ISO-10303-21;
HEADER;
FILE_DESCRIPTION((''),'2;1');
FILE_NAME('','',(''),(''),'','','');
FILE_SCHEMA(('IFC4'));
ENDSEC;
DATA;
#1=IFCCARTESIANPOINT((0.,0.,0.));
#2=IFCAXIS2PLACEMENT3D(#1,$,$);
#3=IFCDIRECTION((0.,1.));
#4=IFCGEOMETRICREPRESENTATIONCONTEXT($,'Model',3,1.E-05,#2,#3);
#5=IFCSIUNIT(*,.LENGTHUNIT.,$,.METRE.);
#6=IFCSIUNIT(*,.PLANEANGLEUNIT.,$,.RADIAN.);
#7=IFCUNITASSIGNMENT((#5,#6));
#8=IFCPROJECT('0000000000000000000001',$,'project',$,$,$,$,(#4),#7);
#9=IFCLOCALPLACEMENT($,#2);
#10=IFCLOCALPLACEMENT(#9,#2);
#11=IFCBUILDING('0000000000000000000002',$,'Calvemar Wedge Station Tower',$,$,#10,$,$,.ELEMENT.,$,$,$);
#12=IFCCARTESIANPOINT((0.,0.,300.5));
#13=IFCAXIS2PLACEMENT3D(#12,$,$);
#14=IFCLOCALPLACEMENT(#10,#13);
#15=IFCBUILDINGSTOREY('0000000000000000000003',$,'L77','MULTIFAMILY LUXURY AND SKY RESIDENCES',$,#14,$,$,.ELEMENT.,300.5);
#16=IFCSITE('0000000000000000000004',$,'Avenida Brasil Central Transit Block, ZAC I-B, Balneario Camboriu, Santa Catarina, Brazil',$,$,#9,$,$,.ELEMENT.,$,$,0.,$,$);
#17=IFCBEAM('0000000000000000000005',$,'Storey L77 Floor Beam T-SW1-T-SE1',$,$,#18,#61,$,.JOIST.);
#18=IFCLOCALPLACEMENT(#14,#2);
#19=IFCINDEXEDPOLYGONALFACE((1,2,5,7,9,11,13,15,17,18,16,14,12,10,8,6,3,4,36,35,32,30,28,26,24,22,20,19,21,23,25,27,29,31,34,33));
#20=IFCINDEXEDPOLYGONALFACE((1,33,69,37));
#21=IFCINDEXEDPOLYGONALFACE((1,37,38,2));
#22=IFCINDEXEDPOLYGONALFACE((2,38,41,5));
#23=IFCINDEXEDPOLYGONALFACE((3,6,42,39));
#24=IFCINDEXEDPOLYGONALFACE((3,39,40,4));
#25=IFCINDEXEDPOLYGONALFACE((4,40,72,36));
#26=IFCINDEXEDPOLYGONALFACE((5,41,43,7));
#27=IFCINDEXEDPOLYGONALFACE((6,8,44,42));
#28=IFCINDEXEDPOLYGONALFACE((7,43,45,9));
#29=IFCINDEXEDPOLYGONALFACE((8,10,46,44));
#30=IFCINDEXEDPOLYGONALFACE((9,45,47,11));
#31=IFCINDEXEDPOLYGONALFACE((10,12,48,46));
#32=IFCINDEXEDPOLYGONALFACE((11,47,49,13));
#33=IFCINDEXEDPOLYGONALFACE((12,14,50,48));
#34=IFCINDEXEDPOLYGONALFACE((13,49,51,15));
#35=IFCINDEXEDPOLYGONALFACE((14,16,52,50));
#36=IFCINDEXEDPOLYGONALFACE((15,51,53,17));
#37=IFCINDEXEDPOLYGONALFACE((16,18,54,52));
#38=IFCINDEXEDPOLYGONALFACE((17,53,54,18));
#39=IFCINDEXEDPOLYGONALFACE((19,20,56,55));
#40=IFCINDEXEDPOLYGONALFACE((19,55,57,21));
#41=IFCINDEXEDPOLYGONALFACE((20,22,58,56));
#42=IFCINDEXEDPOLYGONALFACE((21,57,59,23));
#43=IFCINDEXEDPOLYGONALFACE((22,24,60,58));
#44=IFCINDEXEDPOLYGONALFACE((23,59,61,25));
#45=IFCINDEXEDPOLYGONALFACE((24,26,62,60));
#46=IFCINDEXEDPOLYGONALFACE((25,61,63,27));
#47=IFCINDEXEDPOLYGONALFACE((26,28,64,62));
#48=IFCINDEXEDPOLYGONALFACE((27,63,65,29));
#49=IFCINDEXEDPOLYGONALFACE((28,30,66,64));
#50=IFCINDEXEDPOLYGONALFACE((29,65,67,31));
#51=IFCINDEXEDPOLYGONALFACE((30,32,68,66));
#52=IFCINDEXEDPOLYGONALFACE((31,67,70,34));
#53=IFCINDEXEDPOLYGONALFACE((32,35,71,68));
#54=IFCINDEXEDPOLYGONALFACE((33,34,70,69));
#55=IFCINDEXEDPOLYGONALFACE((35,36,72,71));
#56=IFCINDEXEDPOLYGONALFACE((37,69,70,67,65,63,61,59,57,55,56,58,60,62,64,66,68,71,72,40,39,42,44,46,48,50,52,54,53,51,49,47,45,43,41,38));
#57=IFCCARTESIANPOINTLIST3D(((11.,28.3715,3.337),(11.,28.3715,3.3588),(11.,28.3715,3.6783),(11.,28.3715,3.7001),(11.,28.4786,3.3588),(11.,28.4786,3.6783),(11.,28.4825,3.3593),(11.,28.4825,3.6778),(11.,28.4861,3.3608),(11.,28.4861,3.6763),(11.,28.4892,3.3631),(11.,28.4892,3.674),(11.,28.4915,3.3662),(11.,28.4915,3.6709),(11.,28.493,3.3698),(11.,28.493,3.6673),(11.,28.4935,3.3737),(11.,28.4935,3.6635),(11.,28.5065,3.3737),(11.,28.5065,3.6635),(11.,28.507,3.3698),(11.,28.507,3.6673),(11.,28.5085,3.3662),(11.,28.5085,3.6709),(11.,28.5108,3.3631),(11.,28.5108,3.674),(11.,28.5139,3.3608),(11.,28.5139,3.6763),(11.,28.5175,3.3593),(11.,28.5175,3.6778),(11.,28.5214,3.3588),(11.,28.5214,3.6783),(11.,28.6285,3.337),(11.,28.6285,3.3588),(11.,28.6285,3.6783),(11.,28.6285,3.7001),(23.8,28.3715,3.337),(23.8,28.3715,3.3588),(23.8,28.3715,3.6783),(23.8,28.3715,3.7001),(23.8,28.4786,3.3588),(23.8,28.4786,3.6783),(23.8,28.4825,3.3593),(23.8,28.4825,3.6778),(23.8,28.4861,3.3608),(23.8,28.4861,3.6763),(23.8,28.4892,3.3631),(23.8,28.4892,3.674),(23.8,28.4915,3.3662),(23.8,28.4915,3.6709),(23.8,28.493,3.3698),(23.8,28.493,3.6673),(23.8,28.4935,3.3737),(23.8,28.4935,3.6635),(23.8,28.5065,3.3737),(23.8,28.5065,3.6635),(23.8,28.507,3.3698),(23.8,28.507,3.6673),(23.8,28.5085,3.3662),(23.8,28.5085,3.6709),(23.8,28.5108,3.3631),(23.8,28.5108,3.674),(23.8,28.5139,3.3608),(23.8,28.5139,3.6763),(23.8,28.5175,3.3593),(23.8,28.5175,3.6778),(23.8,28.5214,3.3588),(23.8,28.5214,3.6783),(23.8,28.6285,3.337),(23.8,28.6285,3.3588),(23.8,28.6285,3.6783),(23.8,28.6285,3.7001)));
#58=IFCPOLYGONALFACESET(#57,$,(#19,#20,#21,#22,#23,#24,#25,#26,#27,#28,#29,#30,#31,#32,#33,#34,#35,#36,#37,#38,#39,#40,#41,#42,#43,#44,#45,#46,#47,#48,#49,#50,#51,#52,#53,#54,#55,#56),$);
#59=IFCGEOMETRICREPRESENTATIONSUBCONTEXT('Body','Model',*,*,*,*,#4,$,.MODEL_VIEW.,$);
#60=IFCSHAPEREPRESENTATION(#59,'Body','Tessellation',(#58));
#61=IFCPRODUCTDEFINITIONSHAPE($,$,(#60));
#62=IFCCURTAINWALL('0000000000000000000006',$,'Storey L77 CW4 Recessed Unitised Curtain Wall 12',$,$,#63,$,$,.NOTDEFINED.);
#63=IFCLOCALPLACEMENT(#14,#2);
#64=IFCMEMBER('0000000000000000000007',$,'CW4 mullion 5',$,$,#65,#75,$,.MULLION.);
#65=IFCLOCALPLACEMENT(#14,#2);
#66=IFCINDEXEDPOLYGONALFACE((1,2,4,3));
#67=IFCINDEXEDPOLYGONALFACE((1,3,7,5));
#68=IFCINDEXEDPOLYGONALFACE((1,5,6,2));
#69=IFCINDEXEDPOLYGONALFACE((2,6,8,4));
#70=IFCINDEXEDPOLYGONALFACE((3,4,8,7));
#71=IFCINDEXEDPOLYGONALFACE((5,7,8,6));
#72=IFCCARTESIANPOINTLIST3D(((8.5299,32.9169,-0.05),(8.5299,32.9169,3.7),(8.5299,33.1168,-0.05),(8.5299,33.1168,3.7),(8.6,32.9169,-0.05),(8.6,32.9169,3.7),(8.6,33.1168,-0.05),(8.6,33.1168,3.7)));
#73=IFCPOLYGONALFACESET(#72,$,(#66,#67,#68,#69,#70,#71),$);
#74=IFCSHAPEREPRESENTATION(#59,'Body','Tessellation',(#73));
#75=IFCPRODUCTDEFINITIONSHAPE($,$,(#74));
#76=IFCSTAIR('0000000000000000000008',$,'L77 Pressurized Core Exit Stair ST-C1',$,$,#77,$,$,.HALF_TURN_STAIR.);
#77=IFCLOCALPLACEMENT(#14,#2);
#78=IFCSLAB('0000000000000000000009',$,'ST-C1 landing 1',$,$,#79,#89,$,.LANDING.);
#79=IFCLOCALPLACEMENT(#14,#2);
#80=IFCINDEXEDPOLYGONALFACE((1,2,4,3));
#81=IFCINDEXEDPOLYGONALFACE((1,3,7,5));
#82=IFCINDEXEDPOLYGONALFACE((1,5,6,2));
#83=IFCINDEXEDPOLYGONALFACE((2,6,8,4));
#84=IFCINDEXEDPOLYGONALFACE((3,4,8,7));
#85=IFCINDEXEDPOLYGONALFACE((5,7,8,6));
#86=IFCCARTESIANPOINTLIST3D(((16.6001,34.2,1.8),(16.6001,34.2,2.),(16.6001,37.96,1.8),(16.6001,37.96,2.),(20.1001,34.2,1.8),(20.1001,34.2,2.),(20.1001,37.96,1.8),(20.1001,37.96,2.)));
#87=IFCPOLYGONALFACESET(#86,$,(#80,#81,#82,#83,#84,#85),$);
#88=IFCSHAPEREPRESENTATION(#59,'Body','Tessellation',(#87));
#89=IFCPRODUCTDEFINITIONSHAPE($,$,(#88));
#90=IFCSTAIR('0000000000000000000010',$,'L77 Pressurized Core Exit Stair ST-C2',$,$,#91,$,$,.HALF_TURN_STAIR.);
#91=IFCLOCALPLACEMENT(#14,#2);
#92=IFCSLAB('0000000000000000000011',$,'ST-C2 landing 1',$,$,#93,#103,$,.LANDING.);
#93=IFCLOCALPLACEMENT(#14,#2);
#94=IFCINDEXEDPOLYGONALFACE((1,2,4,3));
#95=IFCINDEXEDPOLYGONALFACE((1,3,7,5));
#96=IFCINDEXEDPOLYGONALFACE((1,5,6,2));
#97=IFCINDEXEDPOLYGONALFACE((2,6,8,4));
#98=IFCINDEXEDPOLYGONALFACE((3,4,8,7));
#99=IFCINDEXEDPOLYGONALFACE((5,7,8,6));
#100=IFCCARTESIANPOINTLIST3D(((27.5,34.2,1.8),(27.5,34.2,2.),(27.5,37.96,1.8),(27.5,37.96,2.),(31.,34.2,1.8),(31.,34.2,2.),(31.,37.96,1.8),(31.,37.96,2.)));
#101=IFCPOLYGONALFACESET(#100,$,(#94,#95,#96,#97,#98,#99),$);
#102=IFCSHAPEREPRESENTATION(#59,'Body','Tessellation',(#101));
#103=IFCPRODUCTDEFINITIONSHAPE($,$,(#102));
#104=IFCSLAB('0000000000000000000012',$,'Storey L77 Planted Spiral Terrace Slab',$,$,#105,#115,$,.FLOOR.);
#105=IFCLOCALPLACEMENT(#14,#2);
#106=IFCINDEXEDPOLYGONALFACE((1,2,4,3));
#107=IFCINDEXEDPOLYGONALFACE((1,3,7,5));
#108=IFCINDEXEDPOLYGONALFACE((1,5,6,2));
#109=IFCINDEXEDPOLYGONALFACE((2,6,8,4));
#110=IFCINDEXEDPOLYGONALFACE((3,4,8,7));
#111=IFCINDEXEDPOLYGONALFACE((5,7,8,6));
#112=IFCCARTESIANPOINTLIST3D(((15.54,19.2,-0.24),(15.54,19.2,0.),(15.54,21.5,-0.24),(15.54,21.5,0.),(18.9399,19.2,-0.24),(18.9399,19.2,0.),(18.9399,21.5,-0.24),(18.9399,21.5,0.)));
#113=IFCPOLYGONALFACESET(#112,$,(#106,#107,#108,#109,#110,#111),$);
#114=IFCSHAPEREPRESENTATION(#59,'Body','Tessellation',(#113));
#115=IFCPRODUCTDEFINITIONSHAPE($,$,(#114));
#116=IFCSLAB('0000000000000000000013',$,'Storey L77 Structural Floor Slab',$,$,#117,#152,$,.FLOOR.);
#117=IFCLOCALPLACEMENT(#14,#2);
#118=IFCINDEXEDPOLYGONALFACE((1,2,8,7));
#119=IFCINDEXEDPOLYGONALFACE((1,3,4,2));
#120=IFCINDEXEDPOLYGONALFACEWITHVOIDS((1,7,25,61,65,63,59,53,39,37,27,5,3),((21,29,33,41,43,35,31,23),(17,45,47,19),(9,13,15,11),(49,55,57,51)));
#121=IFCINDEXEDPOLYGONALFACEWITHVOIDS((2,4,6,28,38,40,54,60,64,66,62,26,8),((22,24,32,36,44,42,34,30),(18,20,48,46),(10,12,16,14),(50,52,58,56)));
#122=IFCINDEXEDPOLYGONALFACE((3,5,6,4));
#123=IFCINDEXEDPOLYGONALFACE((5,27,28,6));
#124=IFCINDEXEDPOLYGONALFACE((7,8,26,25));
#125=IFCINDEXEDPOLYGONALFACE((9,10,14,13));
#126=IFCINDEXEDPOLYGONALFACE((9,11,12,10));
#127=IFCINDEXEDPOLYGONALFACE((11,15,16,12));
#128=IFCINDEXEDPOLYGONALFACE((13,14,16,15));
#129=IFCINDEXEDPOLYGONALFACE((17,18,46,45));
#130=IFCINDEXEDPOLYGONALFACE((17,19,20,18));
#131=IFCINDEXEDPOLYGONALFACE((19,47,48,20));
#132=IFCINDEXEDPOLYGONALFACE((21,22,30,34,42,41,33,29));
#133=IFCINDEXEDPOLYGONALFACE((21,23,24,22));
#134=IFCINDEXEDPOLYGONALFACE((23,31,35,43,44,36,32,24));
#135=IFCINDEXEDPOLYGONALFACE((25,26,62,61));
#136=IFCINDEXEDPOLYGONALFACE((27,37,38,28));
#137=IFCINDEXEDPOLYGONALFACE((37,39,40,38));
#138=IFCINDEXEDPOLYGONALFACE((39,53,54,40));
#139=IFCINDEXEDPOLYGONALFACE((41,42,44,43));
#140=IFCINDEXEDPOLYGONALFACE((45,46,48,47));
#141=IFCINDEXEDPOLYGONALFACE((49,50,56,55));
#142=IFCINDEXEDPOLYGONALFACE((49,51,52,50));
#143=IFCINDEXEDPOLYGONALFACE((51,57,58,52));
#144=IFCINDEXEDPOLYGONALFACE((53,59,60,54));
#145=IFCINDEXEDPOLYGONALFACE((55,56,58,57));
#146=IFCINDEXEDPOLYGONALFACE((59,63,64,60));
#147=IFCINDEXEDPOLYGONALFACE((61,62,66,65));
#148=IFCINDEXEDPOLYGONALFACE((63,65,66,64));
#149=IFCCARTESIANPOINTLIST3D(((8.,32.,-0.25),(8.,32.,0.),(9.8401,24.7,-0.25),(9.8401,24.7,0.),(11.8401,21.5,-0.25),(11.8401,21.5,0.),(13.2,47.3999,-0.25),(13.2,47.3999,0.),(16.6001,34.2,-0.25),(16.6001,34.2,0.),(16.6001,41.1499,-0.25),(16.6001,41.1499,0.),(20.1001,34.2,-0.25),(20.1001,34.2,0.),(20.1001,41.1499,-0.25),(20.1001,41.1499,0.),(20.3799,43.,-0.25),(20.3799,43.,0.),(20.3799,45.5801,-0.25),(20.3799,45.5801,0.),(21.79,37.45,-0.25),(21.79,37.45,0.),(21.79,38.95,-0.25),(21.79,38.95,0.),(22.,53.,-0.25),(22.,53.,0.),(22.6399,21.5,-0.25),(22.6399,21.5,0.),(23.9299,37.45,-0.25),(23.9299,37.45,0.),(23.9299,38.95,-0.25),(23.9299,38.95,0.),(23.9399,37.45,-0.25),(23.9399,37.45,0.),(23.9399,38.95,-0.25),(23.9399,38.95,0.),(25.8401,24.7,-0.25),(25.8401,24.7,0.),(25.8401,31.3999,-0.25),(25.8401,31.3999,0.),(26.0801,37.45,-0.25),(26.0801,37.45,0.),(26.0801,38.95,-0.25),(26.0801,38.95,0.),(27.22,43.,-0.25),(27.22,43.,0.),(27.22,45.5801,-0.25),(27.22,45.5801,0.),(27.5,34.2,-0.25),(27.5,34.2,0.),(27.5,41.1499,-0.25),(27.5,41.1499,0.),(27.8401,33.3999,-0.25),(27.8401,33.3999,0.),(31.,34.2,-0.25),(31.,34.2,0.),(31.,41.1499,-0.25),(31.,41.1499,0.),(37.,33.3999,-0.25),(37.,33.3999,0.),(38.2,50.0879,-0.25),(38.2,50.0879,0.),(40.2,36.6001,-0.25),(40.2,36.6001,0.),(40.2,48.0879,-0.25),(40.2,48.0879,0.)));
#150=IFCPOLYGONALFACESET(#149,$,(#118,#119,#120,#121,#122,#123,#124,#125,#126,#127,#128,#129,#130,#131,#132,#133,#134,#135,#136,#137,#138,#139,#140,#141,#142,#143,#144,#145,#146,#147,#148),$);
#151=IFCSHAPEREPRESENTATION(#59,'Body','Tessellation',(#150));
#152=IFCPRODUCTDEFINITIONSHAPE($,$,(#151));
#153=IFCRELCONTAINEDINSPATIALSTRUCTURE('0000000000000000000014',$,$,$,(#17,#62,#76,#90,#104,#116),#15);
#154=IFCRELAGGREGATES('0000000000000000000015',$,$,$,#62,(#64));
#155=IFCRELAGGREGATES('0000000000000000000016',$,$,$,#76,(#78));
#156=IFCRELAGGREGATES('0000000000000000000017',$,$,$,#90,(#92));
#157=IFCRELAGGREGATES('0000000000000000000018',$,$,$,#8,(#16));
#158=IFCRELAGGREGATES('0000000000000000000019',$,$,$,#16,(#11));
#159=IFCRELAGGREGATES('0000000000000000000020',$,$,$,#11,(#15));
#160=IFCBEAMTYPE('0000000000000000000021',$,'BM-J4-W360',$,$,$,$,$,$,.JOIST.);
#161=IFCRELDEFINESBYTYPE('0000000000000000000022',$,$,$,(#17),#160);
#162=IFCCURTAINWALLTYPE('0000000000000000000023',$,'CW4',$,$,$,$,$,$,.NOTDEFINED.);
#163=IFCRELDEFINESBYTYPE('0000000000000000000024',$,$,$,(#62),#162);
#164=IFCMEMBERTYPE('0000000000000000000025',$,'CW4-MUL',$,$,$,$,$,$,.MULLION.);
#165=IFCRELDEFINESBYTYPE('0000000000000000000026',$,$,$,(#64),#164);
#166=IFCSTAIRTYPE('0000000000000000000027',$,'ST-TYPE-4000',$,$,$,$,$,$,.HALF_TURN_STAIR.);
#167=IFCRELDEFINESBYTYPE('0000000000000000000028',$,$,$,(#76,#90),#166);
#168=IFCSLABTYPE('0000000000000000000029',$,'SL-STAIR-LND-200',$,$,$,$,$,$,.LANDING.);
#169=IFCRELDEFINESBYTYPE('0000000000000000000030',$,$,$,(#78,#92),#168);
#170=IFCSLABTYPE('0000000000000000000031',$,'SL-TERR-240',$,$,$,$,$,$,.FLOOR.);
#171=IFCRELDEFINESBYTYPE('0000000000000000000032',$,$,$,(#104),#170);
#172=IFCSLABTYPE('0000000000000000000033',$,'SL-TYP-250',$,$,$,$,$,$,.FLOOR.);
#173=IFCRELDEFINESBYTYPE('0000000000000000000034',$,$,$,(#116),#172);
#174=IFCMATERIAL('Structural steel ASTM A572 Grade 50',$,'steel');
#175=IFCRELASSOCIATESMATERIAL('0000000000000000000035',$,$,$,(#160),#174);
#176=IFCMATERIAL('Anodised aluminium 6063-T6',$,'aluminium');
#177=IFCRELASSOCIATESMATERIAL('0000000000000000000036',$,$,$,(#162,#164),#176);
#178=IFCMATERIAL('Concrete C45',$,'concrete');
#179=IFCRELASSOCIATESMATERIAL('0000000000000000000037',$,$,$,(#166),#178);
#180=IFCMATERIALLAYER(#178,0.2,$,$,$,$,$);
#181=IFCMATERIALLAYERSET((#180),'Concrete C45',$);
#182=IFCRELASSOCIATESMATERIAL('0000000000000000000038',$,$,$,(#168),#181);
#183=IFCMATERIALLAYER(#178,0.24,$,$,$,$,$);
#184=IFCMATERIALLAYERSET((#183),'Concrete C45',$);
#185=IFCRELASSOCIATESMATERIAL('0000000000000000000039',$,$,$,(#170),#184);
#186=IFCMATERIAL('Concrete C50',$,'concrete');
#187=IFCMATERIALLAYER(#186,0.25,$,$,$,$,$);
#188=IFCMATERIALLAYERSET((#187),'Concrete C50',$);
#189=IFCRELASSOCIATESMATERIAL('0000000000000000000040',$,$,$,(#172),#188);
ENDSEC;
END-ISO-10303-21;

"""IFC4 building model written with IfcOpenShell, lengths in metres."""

from ifc_helpers import new_model, si_unit, direction, frame, origin, origin_2d, place, context, subcontext, project, spatial, polyline, rectangle, i_section, outline, extrude, source, transform, mapped, material, layer, layer_set, material_profile, profile_set, type_object, element, aggregate, save


model = new_model("IFC4")

# Units and contexts
model_context = context("Model", 3, precision=1e-05, world=origin(), true_north=direction((0.0, 1.0)))
body_context = subcontext(model_context, "Body", "Model", "MODEL_VIEW")
ifc_project = project(units=[si_unit("LENGTHUNIT", "METRE"), si_unit("PLANEANGLEUNIT", "RADIAN")], contexts=[model_context])

# Site, building, storey
site_placement = place(None, origin())
site = spatial("IfcSite", under=ifc_project, at=site_placement, Name="Avenida Brasil Central Transit Block, ZAC I-B, Balneario Camboriu, Santa Catarina, Brazil", CompositionType="ELEMENT", RefElevation=0.0)
building_placement = place(site_placement, origin())
building = spatial("IfcBuilding", under=site, at=building_placement, Name="Calvemar Wedge Station Tower", CompositionType="ELEMENT")
storey_placement = place(building_placement, frame((0.0, 0.0, 300.5)))
storey = spatial("IfcBuildingStorey", under=building, at=storey_placement, Name="L77", Description="MULTIFAMILY LUXURY AND SKY RESIDENCES", CompositionType="ELEMENT", Elevation=300.5)

# Shared definitions
ifc_material_1 = material(Name="Concrete C50", Category="concrete")

# Beam
ifc_material_2 = material(Name="Structural steel ASTM A572 Grade 50", Category="steel")
ifc_material_profile_1 = material_profile(ifc_material_2, i_section(OverallWidth=0.2571, OverallDepth=0.363, WebThickness=0.0129, FlangeThickness=0.0217, FilletRadius=0.0149, at=origin_2d()), Name="W360x122")
ifc_profile_set_1 = profile_set([ifc_material_profile_1], Name="Structural steel ASTM A572 Grade 50")
beam_type_1 = type_object("IfcBeamType", Name="BM-J4-W360", PredefinedType="JOIST", material=ifc_profile_set_1)
shared_shape_1 = source(origin(), body_context, "Body", "SweptSolid", [
    extrude(i_section(OverallWidth=0.2571, OverallDepth=0.363, WebThickness=0.0129, FlangeThickness=0.0217, FilletRadius=0.0149, at=origin_2d()), origin(), (0.0, 0.0, 1.0), 12.8),
])
beam_1_placement = place(storey_placement, frame((11.0, 28.5, 3.5186), z_axis=(1.0, 0.0, 0.0), x_axis=(0.0, 1.0, 0.0)))
element("IfcBeam", 1, at=beam_1_placement, inside=storey, type_object=beam_type_1, Name="Storey L77 Floor Beam T-SW1-T-SE1", PredefinedType="JOIST", context=body_context, shape_type="MappedRepresentation", body=[
    mapped(shared_shape_1, transform((0.0, 0.0, 0.0), scale=1.0)),
])

# Curtain wall, member
ifc_material_3 = material(Name="Anodised aluminium 6063-T6", Category="aluminium")
curtain_wall_type = type_object("IfcCurtainWallType", Name="CW4", PredefinedType="NOTDEFINED", material=ifc_material_3)
curtain_wall_placement = place(storey_placement, origin())
curtain_wall = element("IfcCurtainWall", 2, at=curtain_wall_placement, inside=storey, type_object=curtain_wall_type, Name="Storey L77 CW4 Recessed Unitised Curtain Wall 12", PredefinedType="NOTDEFINED")
ifc_material_profile_2 = material_profile(ifc_material_3, rectangle(XDim=0.0701, YDim=0.2, at=origin_2d()), Name="AL-MUL-70x200")
ifc_profile_set_2 = profile_set([ifc_material_profile_2], Name="Anodised aluminium 6063-T6")
member_type = type_object("IfcMemberType", Name="CW4-MUL", PredefinedType="MULLION", material=ifc_profile_set_2)
shared_shape_2 = source(origin(), body_context, "Body", "SweptSolid", [
    extrude(rectangle(XDim=0.0701, YDim=0.2, at=origin_2d()), origin(), (0.0, 0.0, 1.0), 3.75),
])
member_placement = place(storey_placement, frame((8.5649, 33.0168, -0.05), z_axis=(0.0, 0.0, 1.0), x_axis=(1.0, 0.0, 0.0)))
member = element("IfcMember", 3, at=member_placement, type_object=member_type, Name="CW4 mullion 5", PredefinedType="MULLION", context=body_context, shape_type="MappedRepresentation", body=[
    mapped(shared_shape_2, transform((0.0, 0.0, 0.0), scale=1.0)),
])
aggregate(curtain_wall, [member])

# Stairs, slabs
ifc_material_4 = material(Name="Concrete C45", Category="concrete")
stair_type = type_object("IfcStairType", Name="ST-TYPE-4000", PredefinedType="HALF_TURN_STAIR", material=ifc_material_4)
stair_1_placement = place(storey_placement, origin())
stair_1 = element("IfcStair", 4, at=stair_1_placement, inside=storey, type_object=stair_type, Name="L77 Pressurized Core Exit Stair ST-C1", PredefinedType="HALF_TURN_STAIR")
ifc_layer_1 = layer(ifc_material_4, 0.2)
ifc_layer_set_1 = layer_set([ifc_layer_1], Name="Concrete C45")
slab_type_1 = type_object("IfcSlabType", Name="SL-STAIR-LND-200", PredefinedType="LANDING", material=ifc_layer_set_1)
slab_1_placement = place(storey_placement, frame((0.0, 0.0, 1.8)))
slab_1 = element("IfcSlab", 5, at=slab_1_placement, type_object=slab_type_1, Name="ST-C1 landing 1", PredefinedType="LANDING", context=body_context, shape_type="SweptSolid", body=[
    extrude(outline(polyline([(16.6001, 37.96), (16.6001, 34.2), (20.1001, 34.2), (20.1001, 37.96), (16.6001, 37.96)])), origin(), (0.0, 0.0, 1.0), 0.2),
])
aggregate(stair_1, [slab_1])
stair_2_placement = place(storey_placement, origin())
stair_2 = element("IfcStair", 6, at=stair_2_placement, inside=storey, type_object=stair_type, Name="L77 Pressurized Core Exit Stair ST-C2", PredefinedType="HALF_TURN_STAIR")
slab_2_placement = place(storey_placement, frame((0.0, 0.0, 1.8)))
slab_2 = element("IfcSlab", 7, at=slab_2_placement, type_object=slab_type_1, Name="ST-C2 landing 1", PredefinedType="LANDING", context=body_context, shape_type="SweptSolid", body=[
    extrude(outline(polyline([(27.5, 37.96), (27.5, 34.2), (31.0, 34.2), (31.0, 37.96), (27.5, 37.96)])), origin(), (0.0, 0.0, 1.0), 0.2),
])
aggregate(stair_2, [slab_2])

# Slabs
ifc_layer_2 = layer(ifc_material_4, 0.24)
ifc_layer_set_2 = layer_set([ifc_layer_2], Name="Concrete C45")
slab_type_2 = type_object("IfcSlabType", Name="SL-TERR-240", PredefinedType="FLOOR", material=ifc_layer_set_2)
slab_3_placement = place(storey_placement, frame((0.0, 0.0, -0.24)))
element("IfcSlab", 8, at=slab_3_placement, inside=storey, type_object=slab_type_2, Name="Storey L77 Planted Spiral Terrace Slab", PredefinedType="FLOOR", context=body_context, shape_type="SweptSolid", body=[
    extrude(outline(polyline([(15.54, 21.5), (15.54, 19.2), (18.9399, 19.2), (18.9399, 21.5), (15.54, 21.5)])), origin(), (0.0, 0.0, 1.0), 0.24),
])
ifc_layer_3 = layer(ifc_material_1, 0.25)
ifc_layer_set_3 = layer_set([ifc_layer_3], Name="Concrete C50")
slab_type_3 = type_object("IfcSlabType", Name="SL-TYP-250", PredefinedType="FLOOR", material=ifc_layer_set_3)
slab_4_placement = place(storey_placement, frame((0.0, 0.0, -0.25)))
element("IfcSlab", 9, at=slab_4_placement, inside=storey, type_object=slab_type_3, Name="Storey L77 Structural Floor Slab", PredefinedType="FLOOR", context=body_context, shape_type="SweptSolid", body=[
    extrude(outline(polyline([(8.0, 32.0), (9.8401, 24.7), (11.8401, 21.5), (22.6399, 21.5), (25.8401, 24.7), (25.8401, 31.3999), (27.8401, 33.3999), (37.0, 33.3999), (40.2, 36.6001), (40.2, 48.0879), (38.2, 50.0879), (22.0, 53.0), (13.2, 47.3999), (8.0, 32.0)]), holes=[polyline([(20.1001, 34.2), (20.1001, 41.1499), (16.6001, 41.1499), (16.6001, 34.2), (20.1001, 34.2)]), polyline([(31.0, 34.2), (31.0, 41.1499), (27.5, 41.1499), (27.5, 34.2), (31.0, 34.2)]), polyline([(23.9299, 38.95), (21.79, 38.95), (21.79, 37.45), (23.9299, 37.45), (23.9399, 37.45), (26.0801, 37.45), (26.0801, 38.95), (23.9399, 38.95), (23.9299, 38.95)]), polyline([(27.22, 43.0), (27.22, 45.5801), (20.3799, 45.5801), (20.3799, 43.0), (27.22, 43.0)])]), origin(), (0.0, 0.0, 1.0), 0.25),
])

save(model, "model.ifc")
